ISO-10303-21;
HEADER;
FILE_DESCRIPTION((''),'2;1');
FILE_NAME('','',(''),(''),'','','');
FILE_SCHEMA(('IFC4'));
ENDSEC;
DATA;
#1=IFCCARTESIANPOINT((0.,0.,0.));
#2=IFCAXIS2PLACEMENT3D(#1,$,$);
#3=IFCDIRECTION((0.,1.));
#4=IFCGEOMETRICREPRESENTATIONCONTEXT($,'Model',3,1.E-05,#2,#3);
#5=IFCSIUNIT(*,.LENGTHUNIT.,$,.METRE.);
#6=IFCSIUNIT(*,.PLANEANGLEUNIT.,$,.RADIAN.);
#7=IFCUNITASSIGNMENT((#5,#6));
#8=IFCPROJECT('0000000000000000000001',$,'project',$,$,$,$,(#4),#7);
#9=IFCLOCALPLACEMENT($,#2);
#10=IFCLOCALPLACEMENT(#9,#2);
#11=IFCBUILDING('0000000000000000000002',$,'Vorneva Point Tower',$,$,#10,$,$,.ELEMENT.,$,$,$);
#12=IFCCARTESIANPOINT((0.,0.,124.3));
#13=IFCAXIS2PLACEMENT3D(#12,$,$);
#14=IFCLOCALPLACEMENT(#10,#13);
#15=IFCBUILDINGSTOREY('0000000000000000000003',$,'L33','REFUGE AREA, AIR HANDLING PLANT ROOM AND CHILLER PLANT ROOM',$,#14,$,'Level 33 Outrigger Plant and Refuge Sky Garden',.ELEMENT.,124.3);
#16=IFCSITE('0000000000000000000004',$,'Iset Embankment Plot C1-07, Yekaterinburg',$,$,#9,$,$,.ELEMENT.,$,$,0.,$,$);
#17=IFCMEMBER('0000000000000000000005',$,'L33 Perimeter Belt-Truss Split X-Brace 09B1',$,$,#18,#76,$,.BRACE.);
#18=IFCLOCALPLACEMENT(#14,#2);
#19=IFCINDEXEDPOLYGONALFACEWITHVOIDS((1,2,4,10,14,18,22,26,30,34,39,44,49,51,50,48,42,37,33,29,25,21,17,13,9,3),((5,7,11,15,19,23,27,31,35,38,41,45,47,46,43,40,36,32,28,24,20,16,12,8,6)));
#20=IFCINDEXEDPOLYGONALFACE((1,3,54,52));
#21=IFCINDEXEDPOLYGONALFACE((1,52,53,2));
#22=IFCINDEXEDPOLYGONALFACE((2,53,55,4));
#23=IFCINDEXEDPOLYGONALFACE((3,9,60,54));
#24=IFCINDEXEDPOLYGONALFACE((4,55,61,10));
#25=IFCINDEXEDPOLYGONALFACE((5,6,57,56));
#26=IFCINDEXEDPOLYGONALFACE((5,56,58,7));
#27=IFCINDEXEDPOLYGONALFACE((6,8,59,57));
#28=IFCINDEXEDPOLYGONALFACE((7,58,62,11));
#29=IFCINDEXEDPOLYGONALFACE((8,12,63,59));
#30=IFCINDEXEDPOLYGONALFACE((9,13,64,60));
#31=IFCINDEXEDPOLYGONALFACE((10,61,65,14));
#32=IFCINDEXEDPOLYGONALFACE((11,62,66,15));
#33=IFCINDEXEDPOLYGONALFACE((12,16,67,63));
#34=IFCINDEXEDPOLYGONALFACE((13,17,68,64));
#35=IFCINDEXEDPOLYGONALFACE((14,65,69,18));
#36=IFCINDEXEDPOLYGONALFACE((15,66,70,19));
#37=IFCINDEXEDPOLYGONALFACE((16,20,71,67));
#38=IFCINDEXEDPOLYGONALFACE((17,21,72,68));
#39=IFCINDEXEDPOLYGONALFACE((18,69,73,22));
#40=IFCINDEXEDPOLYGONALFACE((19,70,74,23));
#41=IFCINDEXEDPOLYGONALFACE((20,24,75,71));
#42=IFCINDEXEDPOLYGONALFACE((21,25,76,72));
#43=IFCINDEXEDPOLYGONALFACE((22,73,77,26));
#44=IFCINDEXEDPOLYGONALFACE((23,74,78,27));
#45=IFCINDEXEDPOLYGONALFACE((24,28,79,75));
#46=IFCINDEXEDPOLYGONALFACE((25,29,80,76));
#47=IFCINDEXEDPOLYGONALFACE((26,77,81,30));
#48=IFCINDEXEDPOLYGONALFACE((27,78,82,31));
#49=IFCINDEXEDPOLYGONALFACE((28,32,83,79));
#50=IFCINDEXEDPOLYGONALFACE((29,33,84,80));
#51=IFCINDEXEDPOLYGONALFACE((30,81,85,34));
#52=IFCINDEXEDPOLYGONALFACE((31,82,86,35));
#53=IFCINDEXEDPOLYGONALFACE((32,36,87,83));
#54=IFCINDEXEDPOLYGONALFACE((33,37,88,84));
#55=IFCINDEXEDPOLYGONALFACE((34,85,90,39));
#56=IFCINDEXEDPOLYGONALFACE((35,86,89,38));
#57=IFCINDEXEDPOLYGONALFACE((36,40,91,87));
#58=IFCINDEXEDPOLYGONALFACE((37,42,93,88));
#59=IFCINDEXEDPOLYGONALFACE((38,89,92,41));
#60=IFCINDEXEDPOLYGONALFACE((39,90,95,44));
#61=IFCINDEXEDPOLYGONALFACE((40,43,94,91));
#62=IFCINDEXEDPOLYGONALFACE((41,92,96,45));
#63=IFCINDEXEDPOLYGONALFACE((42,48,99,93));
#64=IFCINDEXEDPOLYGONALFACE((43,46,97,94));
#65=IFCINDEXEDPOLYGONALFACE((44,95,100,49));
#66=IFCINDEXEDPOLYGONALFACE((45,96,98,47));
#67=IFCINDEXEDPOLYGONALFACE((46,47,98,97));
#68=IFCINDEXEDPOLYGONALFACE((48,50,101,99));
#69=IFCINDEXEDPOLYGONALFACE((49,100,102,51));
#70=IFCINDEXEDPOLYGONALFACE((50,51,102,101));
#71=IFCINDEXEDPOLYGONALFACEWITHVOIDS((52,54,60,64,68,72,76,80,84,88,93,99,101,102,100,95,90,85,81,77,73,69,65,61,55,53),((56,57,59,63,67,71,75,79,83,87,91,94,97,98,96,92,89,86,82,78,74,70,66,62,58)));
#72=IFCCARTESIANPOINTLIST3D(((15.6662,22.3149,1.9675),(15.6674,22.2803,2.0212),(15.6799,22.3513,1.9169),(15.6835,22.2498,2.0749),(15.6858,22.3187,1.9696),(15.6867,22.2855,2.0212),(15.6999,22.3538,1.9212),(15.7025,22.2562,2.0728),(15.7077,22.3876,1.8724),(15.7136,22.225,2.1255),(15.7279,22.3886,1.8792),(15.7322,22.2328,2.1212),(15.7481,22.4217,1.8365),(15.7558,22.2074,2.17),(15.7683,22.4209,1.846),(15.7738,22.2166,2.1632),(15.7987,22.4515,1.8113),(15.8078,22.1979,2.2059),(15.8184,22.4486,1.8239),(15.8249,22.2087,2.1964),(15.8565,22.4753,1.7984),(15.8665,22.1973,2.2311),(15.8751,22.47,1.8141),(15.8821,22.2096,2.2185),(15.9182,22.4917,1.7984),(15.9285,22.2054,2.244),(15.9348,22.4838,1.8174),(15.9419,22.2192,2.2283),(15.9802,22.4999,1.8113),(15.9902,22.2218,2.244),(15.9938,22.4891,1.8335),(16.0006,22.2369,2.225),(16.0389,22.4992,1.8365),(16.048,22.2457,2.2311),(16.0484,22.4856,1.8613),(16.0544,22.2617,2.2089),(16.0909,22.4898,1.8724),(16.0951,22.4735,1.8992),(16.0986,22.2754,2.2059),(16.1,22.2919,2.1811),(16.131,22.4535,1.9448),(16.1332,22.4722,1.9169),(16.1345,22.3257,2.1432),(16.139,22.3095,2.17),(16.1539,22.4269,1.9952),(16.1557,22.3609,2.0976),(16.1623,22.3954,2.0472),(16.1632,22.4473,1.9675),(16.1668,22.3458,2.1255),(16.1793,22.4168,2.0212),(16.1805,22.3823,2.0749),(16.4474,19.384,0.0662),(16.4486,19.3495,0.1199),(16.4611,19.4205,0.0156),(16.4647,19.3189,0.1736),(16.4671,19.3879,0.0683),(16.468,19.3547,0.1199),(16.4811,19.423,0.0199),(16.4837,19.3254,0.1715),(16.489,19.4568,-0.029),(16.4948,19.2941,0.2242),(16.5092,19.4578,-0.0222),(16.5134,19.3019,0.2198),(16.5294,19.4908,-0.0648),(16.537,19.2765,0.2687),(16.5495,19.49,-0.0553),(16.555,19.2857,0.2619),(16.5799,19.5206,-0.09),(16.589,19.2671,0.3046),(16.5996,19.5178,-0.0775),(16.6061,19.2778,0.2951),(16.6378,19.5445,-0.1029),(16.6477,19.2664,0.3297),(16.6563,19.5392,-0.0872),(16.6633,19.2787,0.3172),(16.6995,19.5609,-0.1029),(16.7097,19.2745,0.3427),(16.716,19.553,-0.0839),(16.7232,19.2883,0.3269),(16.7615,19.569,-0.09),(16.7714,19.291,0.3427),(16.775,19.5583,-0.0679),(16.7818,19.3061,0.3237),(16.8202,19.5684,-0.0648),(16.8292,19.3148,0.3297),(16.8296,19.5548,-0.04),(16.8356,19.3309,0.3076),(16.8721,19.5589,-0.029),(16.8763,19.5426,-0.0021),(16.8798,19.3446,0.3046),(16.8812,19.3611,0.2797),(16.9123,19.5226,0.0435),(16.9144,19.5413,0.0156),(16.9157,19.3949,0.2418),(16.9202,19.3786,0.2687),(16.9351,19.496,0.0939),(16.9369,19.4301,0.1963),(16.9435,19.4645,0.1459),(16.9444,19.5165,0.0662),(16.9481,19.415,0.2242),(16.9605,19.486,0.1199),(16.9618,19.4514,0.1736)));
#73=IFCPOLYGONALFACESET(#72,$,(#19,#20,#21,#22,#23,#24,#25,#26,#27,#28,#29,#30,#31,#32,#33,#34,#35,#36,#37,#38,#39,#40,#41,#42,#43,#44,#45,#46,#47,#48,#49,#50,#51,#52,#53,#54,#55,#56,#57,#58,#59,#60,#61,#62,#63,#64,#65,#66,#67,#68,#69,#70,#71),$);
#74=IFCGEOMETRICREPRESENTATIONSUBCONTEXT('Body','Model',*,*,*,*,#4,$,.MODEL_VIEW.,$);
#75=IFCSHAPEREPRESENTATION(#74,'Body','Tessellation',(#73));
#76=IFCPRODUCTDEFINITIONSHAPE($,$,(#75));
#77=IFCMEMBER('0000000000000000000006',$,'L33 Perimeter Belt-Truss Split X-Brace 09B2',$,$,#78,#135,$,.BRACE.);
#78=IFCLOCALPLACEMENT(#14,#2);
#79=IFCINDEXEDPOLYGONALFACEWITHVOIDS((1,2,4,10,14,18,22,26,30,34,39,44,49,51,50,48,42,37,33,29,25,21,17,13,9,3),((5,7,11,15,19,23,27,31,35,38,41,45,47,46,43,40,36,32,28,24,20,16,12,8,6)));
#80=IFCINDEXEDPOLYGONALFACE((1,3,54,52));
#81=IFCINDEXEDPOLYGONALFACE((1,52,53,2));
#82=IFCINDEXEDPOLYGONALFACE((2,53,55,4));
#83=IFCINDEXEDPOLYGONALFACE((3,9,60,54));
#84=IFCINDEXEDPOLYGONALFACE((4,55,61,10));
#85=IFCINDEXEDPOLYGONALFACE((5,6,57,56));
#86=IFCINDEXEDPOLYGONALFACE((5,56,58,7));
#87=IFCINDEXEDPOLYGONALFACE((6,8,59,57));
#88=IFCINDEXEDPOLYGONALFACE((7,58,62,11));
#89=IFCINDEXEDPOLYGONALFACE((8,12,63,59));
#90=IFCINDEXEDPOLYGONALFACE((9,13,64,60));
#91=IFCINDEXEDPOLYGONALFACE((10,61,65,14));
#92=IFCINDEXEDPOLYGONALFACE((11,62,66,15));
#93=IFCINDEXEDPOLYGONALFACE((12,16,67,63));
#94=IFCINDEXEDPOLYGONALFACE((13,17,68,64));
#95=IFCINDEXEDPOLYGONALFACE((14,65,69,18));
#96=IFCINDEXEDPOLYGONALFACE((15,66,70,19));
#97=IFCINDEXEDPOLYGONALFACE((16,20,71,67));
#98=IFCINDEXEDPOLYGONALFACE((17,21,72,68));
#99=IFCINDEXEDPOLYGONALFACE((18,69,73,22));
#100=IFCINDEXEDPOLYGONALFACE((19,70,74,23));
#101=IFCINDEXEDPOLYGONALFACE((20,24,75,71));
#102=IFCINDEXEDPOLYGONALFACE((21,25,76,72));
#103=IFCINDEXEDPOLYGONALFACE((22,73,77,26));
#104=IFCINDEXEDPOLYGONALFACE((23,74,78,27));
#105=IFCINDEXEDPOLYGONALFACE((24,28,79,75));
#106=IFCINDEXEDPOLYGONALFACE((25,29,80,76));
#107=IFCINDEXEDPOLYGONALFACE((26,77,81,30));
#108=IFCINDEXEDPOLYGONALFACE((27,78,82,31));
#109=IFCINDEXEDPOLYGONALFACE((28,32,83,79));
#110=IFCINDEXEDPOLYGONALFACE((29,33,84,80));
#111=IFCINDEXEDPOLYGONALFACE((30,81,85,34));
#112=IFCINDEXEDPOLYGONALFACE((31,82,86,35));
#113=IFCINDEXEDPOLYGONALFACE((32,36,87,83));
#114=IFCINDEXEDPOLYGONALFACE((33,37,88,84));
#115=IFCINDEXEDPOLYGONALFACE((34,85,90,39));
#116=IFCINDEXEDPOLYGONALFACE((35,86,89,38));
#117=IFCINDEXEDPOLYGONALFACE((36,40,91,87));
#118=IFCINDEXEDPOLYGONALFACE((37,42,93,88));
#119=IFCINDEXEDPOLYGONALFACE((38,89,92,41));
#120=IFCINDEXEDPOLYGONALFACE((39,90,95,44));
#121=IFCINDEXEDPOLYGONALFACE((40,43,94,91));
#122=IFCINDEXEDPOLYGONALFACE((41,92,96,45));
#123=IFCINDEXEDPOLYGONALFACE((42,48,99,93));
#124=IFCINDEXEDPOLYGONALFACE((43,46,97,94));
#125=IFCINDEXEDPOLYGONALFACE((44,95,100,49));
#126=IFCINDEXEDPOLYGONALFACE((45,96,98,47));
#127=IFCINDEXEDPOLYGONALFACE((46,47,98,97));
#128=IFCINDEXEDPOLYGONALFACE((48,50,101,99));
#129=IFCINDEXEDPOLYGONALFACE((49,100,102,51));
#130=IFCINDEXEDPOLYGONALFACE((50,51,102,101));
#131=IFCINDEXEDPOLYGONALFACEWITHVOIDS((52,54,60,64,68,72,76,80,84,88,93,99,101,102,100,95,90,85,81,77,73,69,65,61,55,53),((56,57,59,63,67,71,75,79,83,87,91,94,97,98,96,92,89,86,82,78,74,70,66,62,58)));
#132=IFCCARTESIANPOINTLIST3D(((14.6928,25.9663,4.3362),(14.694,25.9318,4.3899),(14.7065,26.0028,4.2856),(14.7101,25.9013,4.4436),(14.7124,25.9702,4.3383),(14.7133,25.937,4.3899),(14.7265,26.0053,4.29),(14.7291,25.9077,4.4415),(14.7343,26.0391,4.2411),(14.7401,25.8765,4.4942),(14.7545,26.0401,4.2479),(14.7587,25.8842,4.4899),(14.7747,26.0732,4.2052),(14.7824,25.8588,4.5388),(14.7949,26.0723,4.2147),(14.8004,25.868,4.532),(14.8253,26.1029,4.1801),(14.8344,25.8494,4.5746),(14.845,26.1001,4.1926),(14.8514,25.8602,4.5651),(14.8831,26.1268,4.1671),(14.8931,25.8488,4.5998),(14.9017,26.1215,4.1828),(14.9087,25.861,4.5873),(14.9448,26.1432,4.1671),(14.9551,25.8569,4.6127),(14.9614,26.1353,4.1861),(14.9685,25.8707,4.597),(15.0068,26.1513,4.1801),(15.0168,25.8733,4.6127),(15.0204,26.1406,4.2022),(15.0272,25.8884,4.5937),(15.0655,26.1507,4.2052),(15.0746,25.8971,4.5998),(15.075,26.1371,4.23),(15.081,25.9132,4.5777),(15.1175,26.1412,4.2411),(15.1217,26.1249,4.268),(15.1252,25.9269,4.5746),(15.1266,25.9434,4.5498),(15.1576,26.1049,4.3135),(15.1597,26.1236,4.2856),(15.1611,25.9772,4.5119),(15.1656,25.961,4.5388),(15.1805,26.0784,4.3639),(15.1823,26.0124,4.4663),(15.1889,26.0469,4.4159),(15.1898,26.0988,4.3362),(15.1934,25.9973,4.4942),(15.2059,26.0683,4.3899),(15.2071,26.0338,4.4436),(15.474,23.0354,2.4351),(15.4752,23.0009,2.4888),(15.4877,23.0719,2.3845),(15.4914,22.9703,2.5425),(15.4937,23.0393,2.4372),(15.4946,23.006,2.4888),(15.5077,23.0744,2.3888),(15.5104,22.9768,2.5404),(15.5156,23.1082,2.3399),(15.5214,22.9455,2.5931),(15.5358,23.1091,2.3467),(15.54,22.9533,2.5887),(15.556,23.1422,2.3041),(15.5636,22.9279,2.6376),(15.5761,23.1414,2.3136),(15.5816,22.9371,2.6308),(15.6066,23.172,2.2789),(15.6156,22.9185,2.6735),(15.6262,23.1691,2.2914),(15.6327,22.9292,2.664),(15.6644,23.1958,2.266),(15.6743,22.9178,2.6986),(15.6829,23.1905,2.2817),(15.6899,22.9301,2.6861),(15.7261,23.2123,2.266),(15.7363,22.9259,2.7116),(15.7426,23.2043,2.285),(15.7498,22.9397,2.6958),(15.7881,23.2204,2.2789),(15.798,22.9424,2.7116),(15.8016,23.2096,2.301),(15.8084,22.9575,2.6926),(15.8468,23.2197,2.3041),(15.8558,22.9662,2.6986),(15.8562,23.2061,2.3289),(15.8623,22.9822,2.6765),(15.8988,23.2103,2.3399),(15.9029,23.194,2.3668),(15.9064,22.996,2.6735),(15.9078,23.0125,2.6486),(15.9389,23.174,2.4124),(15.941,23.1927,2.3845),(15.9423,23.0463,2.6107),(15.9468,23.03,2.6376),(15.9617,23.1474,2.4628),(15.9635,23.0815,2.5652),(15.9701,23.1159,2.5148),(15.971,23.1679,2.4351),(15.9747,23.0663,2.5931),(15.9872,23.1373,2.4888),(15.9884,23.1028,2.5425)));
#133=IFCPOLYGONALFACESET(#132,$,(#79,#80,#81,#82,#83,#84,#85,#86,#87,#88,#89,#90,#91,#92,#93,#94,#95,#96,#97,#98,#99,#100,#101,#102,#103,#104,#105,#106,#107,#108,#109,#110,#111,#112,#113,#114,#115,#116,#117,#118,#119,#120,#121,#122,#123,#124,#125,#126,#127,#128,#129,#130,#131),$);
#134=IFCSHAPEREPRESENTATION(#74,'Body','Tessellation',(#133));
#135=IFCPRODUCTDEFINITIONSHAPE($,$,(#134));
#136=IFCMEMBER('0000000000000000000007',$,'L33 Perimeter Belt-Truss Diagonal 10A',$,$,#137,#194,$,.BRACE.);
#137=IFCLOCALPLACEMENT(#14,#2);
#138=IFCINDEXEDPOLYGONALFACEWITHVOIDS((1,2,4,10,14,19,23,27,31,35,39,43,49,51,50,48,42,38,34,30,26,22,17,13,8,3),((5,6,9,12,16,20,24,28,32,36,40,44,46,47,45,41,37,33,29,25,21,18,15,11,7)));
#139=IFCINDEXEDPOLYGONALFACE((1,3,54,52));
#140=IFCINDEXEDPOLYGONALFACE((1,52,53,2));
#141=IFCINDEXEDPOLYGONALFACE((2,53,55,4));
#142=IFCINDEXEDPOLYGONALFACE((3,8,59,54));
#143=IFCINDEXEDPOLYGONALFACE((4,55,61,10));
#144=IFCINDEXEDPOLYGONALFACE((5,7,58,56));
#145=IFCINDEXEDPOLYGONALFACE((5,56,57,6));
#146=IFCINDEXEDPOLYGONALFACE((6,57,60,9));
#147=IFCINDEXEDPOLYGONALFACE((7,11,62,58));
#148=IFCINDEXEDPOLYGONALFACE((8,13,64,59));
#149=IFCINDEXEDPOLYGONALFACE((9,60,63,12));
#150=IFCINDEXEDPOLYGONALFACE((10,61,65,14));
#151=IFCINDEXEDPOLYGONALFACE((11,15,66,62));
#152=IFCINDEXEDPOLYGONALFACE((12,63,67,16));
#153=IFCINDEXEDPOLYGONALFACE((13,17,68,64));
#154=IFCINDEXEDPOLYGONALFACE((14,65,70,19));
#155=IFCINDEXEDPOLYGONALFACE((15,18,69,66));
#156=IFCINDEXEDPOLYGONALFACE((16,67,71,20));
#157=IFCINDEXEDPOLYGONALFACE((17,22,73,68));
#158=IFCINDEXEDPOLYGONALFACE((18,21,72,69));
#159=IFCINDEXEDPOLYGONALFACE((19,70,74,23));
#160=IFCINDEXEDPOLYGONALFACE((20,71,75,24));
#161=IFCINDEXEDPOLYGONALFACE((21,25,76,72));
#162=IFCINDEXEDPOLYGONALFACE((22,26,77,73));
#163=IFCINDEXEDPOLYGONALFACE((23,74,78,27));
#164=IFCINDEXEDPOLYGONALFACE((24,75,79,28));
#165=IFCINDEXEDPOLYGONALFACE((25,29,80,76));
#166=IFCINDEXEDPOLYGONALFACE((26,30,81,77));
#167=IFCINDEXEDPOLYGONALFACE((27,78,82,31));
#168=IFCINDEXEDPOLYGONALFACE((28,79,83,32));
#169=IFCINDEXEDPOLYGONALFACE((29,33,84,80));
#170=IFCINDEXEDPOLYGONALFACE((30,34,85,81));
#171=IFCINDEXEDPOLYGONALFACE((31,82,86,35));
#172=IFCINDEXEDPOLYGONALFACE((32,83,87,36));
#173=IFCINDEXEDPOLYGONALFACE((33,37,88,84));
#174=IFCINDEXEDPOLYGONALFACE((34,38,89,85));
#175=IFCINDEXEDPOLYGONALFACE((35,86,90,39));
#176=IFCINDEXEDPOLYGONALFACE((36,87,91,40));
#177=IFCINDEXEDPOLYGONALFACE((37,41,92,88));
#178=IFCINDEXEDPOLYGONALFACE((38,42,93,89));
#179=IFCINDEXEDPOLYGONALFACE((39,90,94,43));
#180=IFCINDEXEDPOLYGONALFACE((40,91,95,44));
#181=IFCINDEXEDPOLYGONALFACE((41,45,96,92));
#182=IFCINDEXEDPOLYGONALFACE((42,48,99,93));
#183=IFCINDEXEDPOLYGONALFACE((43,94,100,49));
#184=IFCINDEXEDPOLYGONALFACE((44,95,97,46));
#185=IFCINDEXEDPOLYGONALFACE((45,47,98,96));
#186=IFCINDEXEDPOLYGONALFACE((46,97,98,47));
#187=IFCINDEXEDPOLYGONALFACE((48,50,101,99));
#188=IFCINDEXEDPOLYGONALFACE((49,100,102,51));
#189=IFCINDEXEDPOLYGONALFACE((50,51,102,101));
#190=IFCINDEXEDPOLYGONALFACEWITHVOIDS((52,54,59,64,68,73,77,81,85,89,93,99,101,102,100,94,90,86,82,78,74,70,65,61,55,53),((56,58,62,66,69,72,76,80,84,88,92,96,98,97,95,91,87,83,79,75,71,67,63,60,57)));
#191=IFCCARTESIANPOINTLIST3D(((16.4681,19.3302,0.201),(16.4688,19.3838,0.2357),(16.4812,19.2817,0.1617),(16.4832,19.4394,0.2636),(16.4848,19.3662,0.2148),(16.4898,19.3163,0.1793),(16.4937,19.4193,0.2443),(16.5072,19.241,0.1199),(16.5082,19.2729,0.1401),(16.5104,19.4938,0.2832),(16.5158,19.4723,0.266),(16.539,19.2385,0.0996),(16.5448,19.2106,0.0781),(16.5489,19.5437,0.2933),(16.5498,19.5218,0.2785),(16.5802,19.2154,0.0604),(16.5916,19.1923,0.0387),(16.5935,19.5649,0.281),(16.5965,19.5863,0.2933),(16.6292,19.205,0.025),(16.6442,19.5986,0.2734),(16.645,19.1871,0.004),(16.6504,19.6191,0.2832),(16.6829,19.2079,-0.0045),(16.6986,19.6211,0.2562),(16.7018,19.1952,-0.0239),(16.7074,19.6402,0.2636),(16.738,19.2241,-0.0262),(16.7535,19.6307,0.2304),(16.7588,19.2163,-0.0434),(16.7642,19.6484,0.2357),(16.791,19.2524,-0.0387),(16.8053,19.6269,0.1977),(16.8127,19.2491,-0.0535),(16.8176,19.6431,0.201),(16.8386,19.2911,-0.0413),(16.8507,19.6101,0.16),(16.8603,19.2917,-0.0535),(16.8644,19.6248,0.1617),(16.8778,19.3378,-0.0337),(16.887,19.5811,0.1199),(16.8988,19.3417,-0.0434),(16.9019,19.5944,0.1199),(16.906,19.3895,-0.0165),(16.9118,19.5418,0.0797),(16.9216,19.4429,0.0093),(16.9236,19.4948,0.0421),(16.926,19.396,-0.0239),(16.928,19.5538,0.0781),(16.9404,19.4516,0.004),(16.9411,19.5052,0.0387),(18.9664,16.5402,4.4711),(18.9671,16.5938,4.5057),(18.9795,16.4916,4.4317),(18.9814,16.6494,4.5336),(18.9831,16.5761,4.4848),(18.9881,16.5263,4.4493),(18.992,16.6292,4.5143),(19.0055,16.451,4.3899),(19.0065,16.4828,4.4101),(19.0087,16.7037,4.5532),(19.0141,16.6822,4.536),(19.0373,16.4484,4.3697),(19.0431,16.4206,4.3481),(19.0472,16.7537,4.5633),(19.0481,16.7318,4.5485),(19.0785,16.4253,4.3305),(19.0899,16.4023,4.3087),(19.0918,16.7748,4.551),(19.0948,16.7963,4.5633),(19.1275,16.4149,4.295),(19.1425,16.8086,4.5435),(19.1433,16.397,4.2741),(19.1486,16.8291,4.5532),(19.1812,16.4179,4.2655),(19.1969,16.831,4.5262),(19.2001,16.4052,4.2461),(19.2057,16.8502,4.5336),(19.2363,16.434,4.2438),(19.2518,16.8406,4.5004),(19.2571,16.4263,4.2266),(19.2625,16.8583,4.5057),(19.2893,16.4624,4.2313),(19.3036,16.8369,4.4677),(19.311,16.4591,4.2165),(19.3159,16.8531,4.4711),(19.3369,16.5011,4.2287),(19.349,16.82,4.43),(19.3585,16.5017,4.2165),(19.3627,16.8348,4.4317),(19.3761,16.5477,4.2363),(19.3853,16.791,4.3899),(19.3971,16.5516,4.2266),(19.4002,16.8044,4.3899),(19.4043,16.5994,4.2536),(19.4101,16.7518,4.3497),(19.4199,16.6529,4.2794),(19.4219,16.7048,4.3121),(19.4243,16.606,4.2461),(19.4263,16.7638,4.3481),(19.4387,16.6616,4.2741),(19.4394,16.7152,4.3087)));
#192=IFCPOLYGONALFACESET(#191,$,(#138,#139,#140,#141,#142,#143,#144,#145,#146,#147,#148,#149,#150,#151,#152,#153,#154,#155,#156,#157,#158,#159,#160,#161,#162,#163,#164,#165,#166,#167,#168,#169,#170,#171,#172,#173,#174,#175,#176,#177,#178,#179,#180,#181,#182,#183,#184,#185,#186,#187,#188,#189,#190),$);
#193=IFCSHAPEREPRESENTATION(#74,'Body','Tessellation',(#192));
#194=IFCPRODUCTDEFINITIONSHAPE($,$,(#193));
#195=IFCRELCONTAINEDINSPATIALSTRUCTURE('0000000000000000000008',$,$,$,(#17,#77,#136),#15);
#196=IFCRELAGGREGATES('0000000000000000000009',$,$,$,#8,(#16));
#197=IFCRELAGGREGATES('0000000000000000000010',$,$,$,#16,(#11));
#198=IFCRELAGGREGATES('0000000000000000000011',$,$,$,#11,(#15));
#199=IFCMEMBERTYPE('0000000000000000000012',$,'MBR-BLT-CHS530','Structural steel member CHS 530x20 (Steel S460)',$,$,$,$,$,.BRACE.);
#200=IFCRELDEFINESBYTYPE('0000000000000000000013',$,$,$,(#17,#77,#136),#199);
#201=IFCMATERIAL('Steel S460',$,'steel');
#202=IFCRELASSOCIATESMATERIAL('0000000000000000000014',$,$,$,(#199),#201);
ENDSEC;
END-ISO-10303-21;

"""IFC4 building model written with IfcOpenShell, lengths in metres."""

from ifc_helpers import new_model, si_unit, direction, frame, origin, origin_2d, place, context, subcontext, project, spatial, hollow_circle, extrude, material, material_profile, profile_set, type_object, element, save


model = new_model("IFC4")

# Units and contexts
model_context = context("Model", 3, precision=1e-05, world=origin(), true_north=direction((0.0, 1.0)))
body_context = subcontext(model_context, "Body", "Model", "MODEL_VIEW")
ifc_project = project(units=[si_unit("LENGTHUNIT", "METRE"), si_unit("PLANEANGLEUNIT", "RADIAN")], contexts=[model_context])

# Site, building, storey
site_placement = place(None, origin())
site = spatial("IfcSite", under=ifc_project, at=site_placement, Name="Iset Embankment Plot C1-07, Yekaterinburg", CompositionType="ELEMENT", RefElevation=0.0)
building_placement = place(site_placement, origin())
building = spatial("IfcBuilding", under=site, at=building_placement, Name="Vorneva Point Tower", CompositionType="ELEMENT")
storey_placement = place(building_placement, frame((0.0, 0.0, 124.3)))
storey = spatial("IfcBuildingStorey", under=building, at=storey_placement, Name="L33", Description="REFUGE AREA, AIR HANDLING PLANT ROOM AND CHILLER PLANT ROOM", LongName="Level 33 Outrigger Plant and Refuge Sky Garden", CompositionType="ELEMENT", Elevation=124.3)

# Members
ifc_material_1 = material(Name="Steel S460", Category="steel")
ifc_material_profile_1 = material_profile(ifc_material_1, hollow_circle(Radius=0.2649, WallThickness=0.02, at=origin_2d()), Name="CHS 530x20")
ifc_profile_set_1 = profile_set([ifc_material_profile_1], Name="Steel S460")
member_type = type_object("IfcMemberType", Name="MBR-BLT-CHS530", Description="Structural steel member CHS 530x20 (Steel S460)", PredefinedType="BRACE", material=ifc_profile_set_1)
for number, where, z_axis, x_axis, name in (
    (1, (16.7046, 19.4177, 0.1199), (-0.218232, 0.81871, 0.531121), (-0.966262, -0.257562, 0.0), "L33 Perimeter Belt-Truss Split X-Brace 09B1"),
    (2, (15.7312, 23.0691, 2.4888), (-0.21824, 0.818739, 0.531072), (-0.966262, -0.257562, 0.0), "L33 Perimeter Belt-Truss Split X-Brace 09B2"),
):
    element("IfcMember", number, at=place(storey_placement, frame(where, z_axis=z_axis, x_axis=x_axis)), inside=storey, type_object=member_type, Name=name, PredefinedType="BRACE", context=body_context, shape_type="SweptSolid", body=[
        extrude(hollow_circle(Radius=0.2649, WallThickness=0.02, at=origin_2d()), origin(), (0.0, 0.0, 1.0), 3.5798),
    ])
member_1_placement = place(storey_placement, frame((16.7046, 19.4177, 0.1199), z_axis=(0.439864, -0.491231, 0.751805), x_axis=(0.744984, 0.667083, 0.0)))
element("IfcMember", 3, at=member_1_placement, inside=storey, type_object=member_type, Name="L33 Perimeter Belt-Truss Diagonal 10A", PredefinedType="BRACE", context=body_context, shape_type="SweptSolid", body=[
    extrude(hollow_circle(Radius=0.2649, WallThickness=0.02, at=origin_2d()), origin(), (0.0, 0.0, 1.0), 5.6797),
])

save(model, "model.ifc")
